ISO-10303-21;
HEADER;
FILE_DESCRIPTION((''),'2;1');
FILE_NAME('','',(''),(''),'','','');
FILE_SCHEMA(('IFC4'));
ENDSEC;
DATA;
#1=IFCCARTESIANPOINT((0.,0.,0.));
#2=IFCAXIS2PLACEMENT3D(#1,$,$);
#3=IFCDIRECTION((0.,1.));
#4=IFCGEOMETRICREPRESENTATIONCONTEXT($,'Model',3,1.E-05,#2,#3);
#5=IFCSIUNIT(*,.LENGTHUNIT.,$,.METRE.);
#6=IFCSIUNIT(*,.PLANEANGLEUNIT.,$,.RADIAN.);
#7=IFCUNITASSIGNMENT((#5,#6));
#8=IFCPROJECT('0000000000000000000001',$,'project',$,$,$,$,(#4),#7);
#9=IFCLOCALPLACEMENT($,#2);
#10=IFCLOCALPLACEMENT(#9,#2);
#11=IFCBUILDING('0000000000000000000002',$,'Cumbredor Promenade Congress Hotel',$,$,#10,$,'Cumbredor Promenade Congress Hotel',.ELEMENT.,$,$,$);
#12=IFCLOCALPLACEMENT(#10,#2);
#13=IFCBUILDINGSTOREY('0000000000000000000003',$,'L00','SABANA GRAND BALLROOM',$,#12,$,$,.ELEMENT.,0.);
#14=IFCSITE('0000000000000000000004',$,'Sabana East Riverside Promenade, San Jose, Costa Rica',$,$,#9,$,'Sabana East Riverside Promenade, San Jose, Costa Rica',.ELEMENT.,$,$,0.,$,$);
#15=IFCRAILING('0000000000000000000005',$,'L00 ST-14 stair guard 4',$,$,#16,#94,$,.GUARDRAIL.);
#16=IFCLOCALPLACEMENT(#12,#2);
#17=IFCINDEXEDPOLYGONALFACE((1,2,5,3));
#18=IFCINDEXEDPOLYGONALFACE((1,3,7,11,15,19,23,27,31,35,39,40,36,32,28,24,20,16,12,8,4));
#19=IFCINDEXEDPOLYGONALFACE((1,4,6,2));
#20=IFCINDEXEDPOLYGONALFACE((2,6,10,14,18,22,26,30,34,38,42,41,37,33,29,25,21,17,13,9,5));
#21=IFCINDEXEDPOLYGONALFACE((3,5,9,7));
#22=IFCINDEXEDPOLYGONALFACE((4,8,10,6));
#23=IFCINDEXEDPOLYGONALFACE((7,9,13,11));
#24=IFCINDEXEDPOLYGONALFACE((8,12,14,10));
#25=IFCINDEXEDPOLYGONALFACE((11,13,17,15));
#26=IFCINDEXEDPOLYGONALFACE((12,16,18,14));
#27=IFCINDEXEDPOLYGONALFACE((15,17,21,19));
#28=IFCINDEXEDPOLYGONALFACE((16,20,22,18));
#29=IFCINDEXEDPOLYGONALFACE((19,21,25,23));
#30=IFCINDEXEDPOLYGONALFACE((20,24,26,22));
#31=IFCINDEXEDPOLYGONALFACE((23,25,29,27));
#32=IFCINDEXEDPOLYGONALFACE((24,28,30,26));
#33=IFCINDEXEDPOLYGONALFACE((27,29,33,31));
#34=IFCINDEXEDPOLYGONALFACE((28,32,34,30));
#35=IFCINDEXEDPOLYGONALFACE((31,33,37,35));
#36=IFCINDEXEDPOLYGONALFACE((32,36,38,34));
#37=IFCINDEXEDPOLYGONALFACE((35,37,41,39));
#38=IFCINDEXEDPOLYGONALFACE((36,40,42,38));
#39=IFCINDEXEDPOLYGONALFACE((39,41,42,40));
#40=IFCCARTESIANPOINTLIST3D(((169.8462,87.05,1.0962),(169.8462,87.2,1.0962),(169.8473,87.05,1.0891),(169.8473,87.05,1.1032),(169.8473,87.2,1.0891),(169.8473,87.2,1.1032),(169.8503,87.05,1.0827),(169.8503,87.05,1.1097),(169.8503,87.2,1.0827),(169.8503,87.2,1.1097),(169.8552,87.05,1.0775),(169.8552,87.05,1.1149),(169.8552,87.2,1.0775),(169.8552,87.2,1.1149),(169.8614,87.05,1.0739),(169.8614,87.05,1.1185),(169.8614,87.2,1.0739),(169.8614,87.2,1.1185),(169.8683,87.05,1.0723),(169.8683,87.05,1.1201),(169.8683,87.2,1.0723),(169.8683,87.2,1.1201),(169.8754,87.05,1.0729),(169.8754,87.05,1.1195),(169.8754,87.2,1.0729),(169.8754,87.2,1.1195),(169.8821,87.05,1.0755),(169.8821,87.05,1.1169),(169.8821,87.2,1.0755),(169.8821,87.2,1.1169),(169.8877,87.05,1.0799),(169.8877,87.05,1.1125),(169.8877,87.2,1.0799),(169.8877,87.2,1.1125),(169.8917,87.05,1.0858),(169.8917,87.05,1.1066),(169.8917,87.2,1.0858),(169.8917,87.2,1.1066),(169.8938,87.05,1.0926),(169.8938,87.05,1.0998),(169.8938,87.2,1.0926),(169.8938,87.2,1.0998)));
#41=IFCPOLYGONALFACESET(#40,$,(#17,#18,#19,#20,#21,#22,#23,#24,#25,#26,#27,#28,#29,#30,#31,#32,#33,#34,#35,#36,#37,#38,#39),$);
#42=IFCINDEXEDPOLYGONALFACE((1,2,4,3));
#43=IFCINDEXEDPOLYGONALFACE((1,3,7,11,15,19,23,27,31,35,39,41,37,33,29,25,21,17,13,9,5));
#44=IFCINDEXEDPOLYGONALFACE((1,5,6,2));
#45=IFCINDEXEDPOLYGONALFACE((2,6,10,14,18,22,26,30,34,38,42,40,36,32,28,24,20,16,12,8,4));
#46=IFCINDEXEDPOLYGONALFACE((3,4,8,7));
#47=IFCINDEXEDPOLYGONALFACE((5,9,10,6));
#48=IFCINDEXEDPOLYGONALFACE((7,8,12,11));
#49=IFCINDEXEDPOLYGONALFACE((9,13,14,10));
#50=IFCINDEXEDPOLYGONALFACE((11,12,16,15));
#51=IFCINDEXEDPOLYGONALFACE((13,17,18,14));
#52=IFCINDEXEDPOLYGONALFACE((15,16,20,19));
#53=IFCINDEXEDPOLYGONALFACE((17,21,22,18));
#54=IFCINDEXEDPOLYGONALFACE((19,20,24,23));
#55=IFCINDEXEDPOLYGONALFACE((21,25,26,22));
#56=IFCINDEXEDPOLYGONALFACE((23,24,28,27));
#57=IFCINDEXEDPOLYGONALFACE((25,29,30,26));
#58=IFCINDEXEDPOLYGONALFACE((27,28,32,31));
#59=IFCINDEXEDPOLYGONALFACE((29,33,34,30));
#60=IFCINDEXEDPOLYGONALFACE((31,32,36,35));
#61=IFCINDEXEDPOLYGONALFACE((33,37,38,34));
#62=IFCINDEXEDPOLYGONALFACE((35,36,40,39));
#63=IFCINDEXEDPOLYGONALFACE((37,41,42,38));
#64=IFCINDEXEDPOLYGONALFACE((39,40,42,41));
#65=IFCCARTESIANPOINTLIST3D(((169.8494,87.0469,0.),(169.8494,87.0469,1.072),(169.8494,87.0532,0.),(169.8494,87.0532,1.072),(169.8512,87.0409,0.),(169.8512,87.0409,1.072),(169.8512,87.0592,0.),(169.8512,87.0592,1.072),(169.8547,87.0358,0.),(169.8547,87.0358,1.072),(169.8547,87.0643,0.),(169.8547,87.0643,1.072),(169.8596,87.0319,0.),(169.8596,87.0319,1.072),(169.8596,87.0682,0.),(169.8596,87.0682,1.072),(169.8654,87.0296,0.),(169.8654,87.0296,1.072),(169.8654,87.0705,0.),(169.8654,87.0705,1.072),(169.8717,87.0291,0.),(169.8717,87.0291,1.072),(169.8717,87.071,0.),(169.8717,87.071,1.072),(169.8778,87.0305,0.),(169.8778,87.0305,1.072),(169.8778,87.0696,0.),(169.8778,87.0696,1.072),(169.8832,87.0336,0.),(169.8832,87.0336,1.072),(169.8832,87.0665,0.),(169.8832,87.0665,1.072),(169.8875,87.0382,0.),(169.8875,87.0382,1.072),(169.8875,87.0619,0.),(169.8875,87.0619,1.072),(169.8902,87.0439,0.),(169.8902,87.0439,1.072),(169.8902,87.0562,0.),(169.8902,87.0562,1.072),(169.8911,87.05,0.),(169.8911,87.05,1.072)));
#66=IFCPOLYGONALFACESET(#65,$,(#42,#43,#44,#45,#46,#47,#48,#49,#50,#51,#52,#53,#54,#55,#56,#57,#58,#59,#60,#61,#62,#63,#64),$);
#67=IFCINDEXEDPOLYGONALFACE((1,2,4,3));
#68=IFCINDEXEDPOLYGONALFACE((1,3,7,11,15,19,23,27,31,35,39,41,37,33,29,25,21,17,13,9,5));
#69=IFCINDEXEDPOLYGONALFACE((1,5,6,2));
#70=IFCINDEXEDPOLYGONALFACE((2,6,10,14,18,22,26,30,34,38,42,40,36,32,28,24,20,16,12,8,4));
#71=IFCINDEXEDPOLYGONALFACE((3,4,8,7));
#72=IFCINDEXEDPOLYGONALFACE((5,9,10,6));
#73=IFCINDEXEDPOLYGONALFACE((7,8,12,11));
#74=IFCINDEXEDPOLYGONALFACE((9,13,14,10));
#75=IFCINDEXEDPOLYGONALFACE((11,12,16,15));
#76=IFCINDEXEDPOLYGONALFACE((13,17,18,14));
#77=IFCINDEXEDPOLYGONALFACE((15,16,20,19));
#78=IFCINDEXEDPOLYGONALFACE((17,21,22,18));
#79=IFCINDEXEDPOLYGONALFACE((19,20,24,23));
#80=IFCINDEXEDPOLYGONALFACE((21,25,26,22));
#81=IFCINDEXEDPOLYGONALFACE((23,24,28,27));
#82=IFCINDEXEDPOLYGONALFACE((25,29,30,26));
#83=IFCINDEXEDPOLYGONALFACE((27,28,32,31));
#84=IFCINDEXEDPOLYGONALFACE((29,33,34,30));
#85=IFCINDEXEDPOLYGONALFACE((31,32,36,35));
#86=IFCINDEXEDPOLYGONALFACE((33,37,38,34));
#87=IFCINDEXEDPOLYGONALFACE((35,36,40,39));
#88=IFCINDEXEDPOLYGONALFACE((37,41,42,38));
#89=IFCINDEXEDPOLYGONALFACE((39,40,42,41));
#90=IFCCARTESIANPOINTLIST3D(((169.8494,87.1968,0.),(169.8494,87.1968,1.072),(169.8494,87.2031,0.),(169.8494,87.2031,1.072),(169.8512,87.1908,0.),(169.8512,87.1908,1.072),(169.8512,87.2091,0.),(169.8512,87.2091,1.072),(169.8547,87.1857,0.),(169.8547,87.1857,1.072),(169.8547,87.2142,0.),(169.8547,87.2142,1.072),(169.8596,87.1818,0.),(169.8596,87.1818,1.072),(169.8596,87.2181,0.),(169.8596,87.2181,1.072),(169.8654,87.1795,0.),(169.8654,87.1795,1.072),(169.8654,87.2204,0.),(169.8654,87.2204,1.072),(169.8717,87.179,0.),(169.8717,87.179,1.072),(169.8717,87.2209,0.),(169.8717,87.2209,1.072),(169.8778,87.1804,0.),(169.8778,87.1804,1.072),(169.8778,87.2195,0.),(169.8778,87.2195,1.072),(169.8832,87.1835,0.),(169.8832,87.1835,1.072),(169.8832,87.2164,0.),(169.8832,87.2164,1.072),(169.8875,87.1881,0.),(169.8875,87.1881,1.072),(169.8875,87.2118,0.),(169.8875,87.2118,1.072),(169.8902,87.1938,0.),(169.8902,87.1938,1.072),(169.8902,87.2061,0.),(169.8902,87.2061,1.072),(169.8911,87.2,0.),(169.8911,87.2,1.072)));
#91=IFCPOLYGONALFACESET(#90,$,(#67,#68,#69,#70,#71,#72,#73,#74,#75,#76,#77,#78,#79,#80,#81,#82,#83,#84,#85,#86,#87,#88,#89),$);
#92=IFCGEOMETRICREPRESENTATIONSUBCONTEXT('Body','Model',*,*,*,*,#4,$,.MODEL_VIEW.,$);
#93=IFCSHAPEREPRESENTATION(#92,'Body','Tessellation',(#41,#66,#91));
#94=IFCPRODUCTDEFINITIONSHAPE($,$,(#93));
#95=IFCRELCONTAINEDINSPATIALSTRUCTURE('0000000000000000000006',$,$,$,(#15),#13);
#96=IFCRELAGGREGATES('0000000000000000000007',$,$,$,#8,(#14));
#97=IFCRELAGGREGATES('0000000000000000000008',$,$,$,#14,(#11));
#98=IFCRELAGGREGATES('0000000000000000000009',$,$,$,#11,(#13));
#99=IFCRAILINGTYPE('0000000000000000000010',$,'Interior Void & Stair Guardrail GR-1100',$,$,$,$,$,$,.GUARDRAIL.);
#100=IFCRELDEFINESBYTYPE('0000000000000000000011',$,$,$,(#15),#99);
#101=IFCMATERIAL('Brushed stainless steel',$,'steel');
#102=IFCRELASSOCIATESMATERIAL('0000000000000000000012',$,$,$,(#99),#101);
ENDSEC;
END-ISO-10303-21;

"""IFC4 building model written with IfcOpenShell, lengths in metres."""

from ifc_helpers import new_model, si_unit, direction, frame, origin, origin_2d, place, context, subcontext, project, spatial, circle, extrude, material, type_object, element, save


model = new_model("IFC4")

# Units and contexts
model_context = context("Model", 3, precision=1e-05, world=origin(), true_north=direction((0.0, 1.0)))
body_context = subcontext(model_context, "Body", "Model", "MODEL_VIEW")
ifc_project = project(units=[si_unit("LENGTHUNIT", "METRE"), si_unit("PLANEANGLEUNIT", "RADIAN")], contexts=[model_context])

# Site, building, storey
site_placement = place(None, origin())
site = spatial("IfcSite", under=ifc_project, at=site_placement, Name="Sabana East Riverside Promenade, San Jose, Costa Rica", LongName="Sabana East Riverside Promenade, San Jose, Costa Rica", CompositionType="ELEMENT", RefElevation=0.0)
building_placement = place(site_placement, origin())
building = spatial("IfcBuilding", under=site, at=building_placement, Name="Cumbredor Promenade Congress Hotel", LongName="Cumbredor Promenade Congress Hotel", CompositionType="ELEMENT")
storey_placement = place(building_placement, origin())
storey = spatial("IfcBuildingStorey", under=building, at=storey_placement, Name="L00", Description="SABANA GRAND BALLROOM", CompositionType="ELEMENT", Elevation=0.0)

# Railing
ifc_material_1 = material(Name="Brushed stainless steel", Category="steel")
railing_type_1 = type_object("IfcRailingType", Name="Interior Void & Stair Guardrail GR-1100", PredefinedType="GUARDRAIL", material=ifc_material_1)
railing_1_placement = place(storey_placement, frame((169.8701, 87.05, 0.0)))
element("IfcRailing", 1, at=railing_1_placement, inside=storey, type_object=railing_type_1, Name="L00 ST-14 stair guard 4", PredefinedType="GUARDRAIL", context=body_context, shape_type="SweptSolid", body=[
    extrude(circle(Radius=0.0239, at=origin_2d()), frame((0.0, 0.0, 1.0962), z_axis=(0.0, 1.0, 0.0), x_axis=(-1.0, 0.0, 0.0)), (0.0, 0.0, 1.0), 0.1499),
    extrude(circle(Radius=0.021, at=origin_2d()), origin(), (0.0, 0.0, 1.0), 1.072),
    extrude(circle(Radius=0.021, at=origin_2d()), frame((0.0, 0.1499, 0.0)), (0.0, 0.0, 1.0), 1.072),
])

save(model, "model.ifc")
